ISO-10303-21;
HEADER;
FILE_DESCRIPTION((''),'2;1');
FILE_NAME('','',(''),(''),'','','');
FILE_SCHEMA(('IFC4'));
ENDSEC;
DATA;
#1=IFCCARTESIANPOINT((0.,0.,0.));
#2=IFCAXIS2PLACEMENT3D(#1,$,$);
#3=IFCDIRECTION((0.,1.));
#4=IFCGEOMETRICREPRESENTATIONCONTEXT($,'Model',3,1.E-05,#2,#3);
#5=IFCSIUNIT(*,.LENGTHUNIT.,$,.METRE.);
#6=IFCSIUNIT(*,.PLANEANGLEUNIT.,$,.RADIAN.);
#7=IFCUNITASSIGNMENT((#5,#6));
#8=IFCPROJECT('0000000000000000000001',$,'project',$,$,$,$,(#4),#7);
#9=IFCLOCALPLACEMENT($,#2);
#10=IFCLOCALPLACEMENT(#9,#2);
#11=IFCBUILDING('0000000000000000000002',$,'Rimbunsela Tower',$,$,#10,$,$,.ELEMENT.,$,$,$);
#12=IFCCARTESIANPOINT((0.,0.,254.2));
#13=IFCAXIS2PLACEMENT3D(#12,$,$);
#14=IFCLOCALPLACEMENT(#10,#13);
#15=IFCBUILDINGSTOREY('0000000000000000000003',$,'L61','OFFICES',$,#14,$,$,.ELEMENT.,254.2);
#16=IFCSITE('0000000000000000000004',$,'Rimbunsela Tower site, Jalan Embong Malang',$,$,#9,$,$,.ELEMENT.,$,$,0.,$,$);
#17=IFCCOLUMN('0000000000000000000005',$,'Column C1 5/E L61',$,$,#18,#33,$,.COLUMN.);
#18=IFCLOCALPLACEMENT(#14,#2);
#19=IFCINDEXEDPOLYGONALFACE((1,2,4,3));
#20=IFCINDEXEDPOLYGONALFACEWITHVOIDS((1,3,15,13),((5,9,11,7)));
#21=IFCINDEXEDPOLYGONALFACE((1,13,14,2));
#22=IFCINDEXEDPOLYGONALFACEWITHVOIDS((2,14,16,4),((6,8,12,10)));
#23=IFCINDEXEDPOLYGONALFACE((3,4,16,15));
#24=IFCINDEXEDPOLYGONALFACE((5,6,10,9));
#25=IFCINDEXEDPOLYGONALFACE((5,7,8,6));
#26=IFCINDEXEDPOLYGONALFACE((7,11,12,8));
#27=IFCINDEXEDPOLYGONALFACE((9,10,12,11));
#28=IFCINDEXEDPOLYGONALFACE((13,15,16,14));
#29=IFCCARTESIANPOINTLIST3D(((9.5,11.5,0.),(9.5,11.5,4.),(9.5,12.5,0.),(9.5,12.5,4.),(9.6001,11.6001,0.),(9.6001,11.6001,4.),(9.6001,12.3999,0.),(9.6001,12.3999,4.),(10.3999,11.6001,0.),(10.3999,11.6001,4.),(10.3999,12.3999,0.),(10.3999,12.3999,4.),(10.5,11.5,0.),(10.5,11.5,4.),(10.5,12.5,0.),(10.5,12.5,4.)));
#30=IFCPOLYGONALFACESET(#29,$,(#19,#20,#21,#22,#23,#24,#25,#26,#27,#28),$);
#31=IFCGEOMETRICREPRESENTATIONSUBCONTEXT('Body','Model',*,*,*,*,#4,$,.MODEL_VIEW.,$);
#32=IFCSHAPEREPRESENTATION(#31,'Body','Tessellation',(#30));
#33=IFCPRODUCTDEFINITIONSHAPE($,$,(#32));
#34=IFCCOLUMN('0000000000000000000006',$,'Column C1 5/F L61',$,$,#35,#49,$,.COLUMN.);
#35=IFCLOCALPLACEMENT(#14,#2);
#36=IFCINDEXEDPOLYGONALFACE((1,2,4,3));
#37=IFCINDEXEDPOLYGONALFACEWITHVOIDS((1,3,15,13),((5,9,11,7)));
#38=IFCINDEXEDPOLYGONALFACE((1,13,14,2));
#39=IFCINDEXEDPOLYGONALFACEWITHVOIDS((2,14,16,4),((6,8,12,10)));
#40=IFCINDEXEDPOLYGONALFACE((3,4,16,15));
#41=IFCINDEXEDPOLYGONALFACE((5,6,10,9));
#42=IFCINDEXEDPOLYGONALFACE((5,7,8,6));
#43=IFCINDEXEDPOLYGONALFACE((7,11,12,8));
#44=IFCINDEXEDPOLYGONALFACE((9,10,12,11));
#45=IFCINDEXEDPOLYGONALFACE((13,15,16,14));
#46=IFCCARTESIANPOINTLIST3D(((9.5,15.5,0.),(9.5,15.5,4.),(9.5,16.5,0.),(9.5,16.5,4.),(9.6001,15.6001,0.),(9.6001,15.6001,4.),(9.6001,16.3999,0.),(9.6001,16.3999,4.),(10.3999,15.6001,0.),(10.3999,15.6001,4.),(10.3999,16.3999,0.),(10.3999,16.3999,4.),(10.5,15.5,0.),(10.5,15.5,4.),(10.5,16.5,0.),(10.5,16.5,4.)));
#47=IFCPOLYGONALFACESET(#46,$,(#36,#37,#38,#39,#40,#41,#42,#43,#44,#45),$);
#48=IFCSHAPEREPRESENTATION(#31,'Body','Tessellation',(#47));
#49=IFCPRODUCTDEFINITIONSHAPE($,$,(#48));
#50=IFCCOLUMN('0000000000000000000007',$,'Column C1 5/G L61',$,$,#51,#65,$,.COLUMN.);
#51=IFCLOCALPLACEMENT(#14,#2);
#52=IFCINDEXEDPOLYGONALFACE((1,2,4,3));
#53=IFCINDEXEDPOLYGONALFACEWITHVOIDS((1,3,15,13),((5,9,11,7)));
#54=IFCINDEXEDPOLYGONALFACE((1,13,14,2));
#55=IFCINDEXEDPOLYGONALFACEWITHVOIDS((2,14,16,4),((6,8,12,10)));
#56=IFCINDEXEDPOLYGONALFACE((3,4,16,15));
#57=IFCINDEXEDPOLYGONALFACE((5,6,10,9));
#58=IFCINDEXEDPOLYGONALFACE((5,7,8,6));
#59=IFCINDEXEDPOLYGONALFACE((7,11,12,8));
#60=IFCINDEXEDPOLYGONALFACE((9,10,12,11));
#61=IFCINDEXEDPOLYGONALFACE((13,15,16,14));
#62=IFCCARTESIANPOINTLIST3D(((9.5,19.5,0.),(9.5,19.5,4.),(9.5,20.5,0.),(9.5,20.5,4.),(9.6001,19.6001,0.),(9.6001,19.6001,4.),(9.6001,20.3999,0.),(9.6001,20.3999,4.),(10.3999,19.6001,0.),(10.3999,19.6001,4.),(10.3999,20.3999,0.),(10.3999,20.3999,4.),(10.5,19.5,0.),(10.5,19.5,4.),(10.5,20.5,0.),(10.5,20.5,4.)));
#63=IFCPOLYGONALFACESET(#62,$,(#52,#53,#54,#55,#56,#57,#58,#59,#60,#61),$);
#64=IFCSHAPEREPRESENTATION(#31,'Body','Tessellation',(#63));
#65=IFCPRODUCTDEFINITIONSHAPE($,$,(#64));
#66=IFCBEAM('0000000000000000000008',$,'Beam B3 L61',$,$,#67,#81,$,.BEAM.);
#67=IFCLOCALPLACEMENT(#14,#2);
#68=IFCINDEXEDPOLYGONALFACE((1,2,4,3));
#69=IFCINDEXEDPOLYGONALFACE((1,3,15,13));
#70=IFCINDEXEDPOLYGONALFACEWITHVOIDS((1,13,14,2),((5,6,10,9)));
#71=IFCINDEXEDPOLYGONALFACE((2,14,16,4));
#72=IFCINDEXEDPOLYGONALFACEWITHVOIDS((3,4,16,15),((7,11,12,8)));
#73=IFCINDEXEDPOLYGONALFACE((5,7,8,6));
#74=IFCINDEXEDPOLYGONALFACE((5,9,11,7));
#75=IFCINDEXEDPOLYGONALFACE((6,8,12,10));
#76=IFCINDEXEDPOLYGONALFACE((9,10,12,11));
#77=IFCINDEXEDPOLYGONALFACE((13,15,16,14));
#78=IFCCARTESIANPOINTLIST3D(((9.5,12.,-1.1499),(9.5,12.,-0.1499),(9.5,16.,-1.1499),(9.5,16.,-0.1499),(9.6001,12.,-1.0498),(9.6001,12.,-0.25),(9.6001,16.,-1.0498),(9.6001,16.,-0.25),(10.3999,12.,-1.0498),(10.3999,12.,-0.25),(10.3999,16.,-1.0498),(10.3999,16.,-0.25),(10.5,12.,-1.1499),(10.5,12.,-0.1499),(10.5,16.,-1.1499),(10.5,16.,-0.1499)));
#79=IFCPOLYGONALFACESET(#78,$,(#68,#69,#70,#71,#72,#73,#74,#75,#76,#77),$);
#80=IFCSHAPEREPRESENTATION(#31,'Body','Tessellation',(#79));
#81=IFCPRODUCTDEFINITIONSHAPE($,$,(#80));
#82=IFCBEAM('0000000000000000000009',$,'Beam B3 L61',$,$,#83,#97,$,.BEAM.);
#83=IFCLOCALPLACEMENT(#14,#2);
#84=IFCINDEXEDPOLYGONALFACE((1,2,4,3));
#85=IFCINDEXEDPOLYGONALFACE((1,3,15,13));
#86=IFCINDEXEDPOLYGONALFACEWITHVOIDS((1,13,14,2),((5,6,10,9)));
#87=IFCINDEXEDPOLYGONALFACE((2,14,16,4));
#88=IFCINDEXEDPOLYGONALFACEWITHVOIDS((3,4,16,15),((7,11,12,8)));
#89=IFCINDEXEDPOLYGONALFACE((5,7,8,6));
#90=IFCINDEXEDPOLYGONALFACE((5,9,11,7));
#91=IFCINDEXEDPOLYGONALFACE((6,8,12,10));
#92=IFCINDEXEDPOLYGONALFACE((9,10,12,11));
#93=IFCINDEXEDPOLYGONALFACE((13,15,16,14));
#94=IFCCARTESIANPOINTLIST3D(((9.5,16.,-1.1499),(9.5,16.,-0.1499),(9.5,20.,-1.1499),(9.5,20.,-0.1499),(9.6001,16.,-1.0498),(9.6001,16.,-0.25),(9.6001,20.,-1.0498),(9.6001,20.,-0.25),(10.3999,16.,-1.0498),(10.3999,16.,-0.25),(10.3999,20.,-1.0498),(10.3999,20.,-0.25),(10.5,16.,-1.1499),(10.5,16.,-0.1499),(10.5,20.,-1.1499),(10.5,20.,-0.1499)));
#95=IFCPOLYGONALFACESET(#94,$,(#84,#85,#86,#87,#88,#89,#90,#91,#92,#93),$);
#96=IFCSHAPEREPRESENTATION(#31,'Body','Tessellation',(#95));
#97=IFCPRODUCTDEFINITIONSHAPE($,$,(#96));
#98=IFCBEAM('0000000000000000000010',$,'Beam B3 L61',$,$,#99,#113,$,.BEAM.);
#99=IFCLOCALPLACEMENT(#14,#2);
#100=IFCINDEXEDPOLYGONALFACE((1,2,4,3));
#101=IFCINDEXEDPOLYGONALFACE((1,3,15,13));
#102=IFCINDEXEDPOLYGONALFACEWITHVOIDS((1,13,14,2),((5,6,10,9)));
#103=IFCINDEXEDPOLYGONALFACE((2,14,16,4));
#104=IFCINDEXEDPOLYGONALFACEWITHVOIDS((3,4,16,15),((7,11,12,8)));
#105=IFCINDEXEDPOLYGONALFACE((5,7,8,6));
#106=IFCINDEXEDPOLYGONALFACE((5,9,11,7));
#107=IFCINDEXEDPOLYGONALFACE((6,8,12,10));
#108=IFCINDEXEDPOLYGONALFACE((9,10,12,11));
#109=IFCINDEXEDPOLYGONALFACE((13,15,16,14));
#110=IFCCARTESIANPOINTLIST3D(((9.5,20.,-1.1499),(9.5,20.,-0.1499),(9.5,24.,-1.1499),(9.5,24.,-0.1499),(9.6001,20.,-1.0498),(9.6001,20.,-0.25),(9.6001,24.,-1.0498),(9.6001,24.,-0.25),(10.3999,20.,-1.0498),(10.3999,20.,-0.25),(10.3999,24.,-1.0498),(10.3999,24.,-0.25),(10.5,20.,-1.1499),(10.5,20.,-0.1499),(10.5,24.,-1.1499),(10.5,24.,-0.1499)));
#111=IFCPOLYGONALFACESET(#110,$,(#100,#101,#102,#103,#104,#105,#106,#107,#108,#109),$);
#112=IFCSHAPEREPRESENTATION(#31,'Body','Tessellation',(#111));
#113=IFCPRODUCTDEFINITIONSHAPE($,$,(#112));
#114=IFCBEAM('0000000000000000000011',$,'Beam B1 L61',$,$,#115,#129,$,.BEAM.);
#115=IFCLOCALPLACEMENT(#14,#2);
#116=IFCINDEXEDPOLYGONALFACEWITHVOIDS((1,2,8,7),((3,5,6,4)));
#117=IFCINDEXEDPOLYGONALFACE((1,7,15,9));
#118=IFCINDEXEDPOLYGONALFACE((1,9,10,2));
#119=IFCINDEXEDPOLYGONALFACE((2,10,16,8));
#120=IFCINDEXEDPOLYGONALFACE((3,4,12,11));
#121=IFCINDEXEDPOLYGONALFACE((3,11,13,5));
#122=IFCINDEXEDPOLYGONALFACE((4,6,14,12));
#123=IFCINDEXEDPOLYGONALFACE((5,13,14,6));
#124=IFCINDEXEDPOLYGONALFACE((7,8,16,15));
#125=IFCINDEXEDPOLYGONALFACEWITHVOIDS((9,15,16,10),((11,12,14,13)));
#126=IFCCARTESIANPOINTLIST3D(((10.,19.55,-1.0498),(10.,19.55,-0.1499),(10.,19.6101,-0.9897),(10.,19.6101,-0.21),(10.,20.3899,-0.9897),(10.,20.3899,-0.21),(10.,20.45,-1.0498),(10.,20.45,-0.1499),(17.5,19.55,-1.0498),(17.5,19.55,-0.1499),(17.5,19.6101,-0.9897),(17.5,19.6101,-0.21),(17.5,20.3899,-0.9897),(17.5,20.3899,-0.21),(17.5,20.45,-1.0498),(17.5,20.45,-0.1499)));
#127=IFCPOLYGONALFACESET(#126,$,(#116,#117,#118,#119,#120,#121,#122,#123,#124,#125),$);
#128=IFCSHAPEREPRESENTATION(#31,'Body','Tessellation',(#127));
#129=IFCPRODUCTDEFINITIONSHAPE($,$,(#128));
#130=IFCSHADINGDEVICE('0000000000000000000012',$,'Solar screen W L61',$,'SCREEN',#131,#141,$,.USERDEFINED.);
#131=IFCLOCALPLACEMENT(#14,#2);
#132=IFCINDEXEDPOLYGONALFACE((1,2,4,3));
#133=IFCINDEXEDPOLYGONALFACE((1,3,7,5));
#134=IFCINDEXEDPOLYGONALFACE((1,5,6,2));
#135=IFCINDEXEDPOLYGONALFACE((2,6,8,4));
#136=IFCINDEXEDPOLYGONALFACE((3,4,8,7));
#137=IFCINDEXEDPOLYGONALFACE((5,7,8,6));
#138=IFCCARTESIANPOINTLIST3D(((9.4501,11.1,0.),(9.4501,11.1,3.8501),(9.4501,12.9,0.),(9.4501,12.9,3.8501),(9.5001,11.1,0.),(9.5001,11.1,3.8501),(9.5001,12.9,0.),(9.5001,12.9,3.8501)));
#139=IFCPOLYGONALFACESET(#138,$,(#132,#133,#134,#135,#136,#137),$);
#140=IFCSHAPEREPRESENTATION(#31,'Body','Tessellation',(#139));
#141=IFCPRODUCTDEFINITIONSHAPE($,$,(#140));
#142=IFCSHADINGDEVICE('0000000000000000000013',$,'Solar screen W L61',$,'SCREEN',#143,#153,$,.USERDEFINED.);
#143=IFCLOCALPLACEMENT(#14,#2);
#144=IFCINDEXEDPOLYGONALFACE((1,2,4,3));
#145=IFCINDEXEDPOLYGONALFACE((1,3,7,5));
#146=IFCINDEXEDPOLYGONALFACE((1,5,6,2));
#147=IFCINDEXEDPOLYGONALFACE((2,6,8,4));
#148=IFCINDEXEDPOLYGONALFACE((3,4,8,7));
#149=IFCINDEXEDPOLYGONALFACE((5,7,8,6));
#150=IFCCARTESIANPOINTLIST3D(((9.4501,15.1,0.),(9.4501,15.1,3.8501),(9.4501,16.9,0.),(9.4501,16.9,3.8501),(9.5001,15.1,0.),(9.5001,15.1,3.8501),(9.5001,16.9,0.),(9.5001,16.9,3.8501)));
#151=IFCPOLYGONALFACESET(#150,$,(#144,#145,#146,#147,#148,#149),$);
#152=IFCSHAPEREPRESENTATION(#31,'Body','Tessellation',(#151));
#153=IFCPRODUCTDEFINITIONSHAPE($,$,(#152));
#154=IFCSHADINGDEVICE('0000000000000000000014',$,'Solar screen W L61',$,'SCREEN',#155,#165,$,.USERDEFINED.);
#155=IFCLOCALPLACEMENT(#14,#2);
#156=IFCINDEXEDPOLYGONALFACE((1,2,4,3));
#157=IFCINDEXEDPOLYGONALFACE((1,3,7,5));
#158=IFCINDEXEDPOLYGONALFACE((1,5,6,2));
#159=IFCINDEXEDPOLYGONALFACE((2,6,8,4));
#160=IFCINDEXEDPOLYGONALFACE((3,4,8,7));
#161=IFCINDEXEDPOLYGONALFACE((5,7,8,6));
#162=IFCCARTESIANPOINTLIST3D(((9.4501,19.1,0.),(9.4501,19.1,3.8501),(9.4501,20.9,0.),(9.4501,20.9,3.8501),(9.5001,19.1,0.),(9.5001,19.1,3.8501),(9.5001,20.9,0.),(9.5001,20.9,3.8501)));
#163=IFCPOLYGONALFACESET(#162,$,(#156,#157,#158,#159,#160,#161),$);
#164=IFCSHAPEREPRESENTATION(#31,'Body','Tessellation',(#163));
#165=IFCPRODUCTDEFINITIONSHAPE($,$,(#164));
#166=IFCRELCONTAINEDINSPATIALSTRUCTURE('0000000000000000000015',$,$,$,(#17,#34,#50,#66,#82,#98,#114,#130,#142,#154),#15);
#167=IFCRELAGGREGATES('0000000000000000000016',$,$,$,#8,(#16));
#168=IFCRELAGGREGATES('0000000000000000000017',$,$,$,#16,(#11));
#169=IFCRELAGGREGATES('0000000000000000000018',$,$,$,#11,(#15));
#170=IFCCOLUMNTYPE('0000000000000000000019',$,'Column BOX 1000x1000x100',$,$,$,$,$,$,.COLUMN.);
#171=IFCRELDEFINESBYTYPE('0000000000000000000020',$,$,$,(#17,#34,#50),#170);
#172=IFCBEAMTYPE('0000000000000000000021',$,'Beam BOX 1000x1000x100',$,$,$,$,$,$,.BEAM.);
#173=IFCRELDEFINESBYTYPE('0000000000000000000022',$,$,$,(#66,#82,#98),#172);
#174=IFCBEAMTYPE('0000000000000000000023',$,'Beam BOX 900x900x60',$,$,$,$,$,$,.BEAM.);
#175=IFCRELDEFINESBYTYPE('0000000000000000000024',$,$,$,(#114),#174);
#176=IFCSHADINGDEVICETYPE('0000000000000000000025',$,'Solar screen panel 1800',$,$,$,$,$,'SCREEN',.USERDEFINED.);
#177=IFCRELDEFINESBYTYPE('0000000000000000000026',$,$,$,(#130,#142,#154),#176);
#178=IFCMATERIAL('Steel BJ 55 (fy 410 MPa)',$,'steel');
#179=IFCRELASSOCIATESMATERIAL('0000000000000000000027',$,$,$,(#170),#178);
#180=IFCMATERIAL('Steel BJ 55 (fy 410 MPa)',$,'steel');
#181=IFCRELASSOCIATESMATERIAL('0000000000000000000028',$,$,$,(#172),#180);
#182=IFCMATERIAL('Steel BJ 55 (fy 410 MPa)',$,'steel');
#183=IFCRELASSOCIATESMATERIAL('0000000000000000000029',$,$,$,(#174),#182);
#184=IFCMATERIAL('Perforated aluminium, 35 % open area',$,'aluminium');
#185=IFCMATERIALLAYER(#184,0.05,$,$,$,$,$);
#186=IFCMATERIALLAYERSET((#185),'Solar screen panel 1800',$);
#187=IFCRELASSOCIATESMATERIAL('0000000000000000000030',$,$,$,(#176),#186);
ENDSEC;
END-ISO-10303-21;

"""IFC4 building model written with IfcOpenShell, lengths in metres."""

from ifc_helpers import new_model, si_unit, direction, frame, origin, origin_2d, place, context, subcontext, project, spatial, rectangle, hollow_rectangle, extrude, material, layer, layer_set, material_profile, profile_set, type_object, element, save


model = new_model("IFC4")

# Units and contexts
model_context = context("Model", 3, precision=1e-05, world=origin(), true_north=direction((0.0, 1.0)))
body_context = subcontext(model_context, "Body", "Model", "MODEL_VIEW")
ifc_project = project(units=[si_unit("LENGTHUNIT", "METRE"), si_unit("PLANEANGLEUNIT", "RADIAN")], contexts=[model_context])

# Site, building, storey
site_placement = place(None, origin())
site = spatial("IfcSite", under=ifc_project, at=site_placement, Name="Rimbunsela Tower site, Jalan Embong Malang", CompositionType="ELEMENT", RefElevation=0.0)
building_placement = place(site_placement, origin())
building = spatial("IfcBuilding", under=site, at=building_placement, Name="Rimbunsela Tower", CompositionType="ELEMENT")
storey_placement = place(building_placement, frame((0.0, 0.0, 254.2)))
storey = spatial("IfcBuildingStorey", under=building, at=storey_placement, Name="L61", Description="OFFICES", CompositionType="ELEMENT", Elevation=254.2)

# Columns
ifc_material_1 = material(Name="Steel BJ 55 (fy 410 MPa)", Category="steel")
ifc_material_profile_1 = material_profile(ifc_material_1, hollow_rectangle(XDim=1.0, YDim=1.0, WallThickness=0.1001, at=origin_2d()), Name="BOX 1000x1000x100")
ifc_profile_set_1 = profile_set([ifc_material_profile_1], Name="Steel BJ 55 (fy 410 MPa)")
column_type = type_object("IfcColumnType", Name="Column BOX 1000x1000x100", PredefinedType="COLUMN", material=ifc_profile_set_1)
for number, where, z_axis, x_axis, name in (
    (1, (10.0, 12.0, 0.0), (0.0, 0.0, 1.0), (1.0, 0.0, 0.0), "Column C1 5/E L61"),
    (2, (10.0, 16.0, 0.0), (0.0, 0.0, 1.0), (1.0, 0.0, 0.0), "Column C1 5/F L61"),
    (3, (10.0, 20.0, 0.0), (0.0, 0.0, 1.0), (1.0, 0.0, 0.0), "Column C1 5/G L61"),
):
    element("IfcColumn", number, at=place(storey_placement, frame(where, z_axis=z_axis, x_axis=x_axis)), inside=storey, type_object=column_type, Name=name, PredefinedType="COLUMN", context=body_context, shape_type="SweptSolid", body=[
        extrude(hollow_rectangle(XDim=1.0, YDim=1.0, WallThickness=0.1001, at=origin_2d()), origin(), (0.0, 0.0, 1.0), 4.0),
    ])

# Beams
ifc_material_2 = material(Name="Steel BJ 55 (fy 410 MPa)", Category="steel")
ifc_material_profile_2 = material_profile(ifc_material_2, hollow_rectangle(XDim=1.0, YDim=1.0, WallThickness=0.1001, at=origin_2d()), Name="BOX 1000x1000x100")
ifc_profile_set_2 = profile_set([ifc_material_profile_2], Name="Steel BJ 55 (fy 410 MPa)")
beam_type_1 = type_object("IfcBeamType", Name="Beam BOX 1000x1000x100", PredefinedType="BEAM", material=ifc_profile_set_2)
for number, where, z_axis, x_axis, name in (
    (4, (10.0, 12.0, -0.6499), (0.0, 1.0, 0.0), (-1.0, 0.0, 0.0), "Beam B3 L61"),
    (5, (10.0, 16.0, -0.6499), (0.0, 1.0, 0.0), (-1.0, 0.0, 0.0), "Beam B3 L61"),
    (6, (10.0, 20.0, -0.6499), (0.0, 1.0, 0.0), (-1.0, 0.0, 0.0), "Beam B3 L61"),
):
    element("IfcBeam", number, at=place(storey_placement, frame(where, z_axis=z_axis, x_axis=x_axis)), inside=storey, type_object=beam_type_1, Name=name, PredefinedType="BEAM", context=body_context, shape_type="SweptSolid", body=[
        extrude(hollow_rectangle(XDim=1.0, YDim=1.0, WallThickness=0.1001, at=origin_2d()), origin(), (0.0, 0.0, 1.0), 4.0),
    ])
ifc_material_3 = material(Name="Steel BJ 55 (fy 410 MPa)", Category="steel")
ifc_material_profile_3 = material_profile(ifc_material_3, hollow_rectangle(XDim=0.8999, YDim=0.8999, WallThickness=0.0601, at=origin_2d()), Name="BOX 900x900x60")
ifc_profile_set_3 = profile_set([ifc_material_profile_3], Name="Steel BJ 55 (fy 410 MPa)")
beam_type_2 = type_object("IfcBeamType", Name="Beam BOX 900x900x60", PredefinedType="BEAM", material=ifc_profile_set_3)
beam_placement = place(storey_placement, frame((10.0, 20.0, -0.5999), z_axis=(1.0, 0.0, 0.0), x_axis=(0.0, 1.0, 0.0)))
element("IfcBeam", 7, at=beam_placement, inside=storey, type_object=beam_type_2, Name="Beam B1 L61", PredefinedType="BEAM", context=body_context, shape_type="SweptSolid", body=[
    extrude(hollow_rectangle(XDim=0.8999, YDim=0.8999, WallThickness=0.0601, at=origin_2d()), origin(), (0.0, 0.0, 1.0), 7.5),
])

# Shading devices
ifc_material_4 = material(Name="Perforated aluminium, 35 % open area", Category="aluminium")
ifc_layer = layer(ifc_material_4, 0.05)
ifc_layer_set = layer_set([ifc_layer], Name="Solar screen panel 1800")
shading_device_type = type_object("IfcShadingDeviceType", Name="Solar screen panel 1800", ElementType="SCREEN", PredefinedType="USERDEFINED", material=ifc_layer_set)
for number, where, z_axis, x_axis, name in (
    (8, (9.4751, 12.0, 0.0), (0.0, 0.0, 1.0), (0.0, 1.0, 0.0), "Solar screen W L61"),
    (9, (9.4751, 16.0, 0.0), (0.0, 0.0, 1.0), (0.0, 1.0, 0.0), "Solar screen W L61"),
    (10, (9.4751, 20.0, 0.0), (0.0, 0.0, 1.0), (0.0, 1.0, 0.0), "Solar screen W L61"),
):
    element("IfcShadingDevice", number, at=place(storey_placement, frame(where, z_axis=z_axis, x_axis=x_axis)), inside=storey, type_object=shading_device_type, Name=name, ObjectType="SCREEN", PredefinedType="USERDEFINED", context=body_context, shape_type="SweptSolid", body=[
        extrude(rectangle(XDim=1.8, YDim=0.05, at=origin_2d()), origin(), (0.0, 0.0, 1.0), 3.8501),
    ])

save(model, "model.ifc")
